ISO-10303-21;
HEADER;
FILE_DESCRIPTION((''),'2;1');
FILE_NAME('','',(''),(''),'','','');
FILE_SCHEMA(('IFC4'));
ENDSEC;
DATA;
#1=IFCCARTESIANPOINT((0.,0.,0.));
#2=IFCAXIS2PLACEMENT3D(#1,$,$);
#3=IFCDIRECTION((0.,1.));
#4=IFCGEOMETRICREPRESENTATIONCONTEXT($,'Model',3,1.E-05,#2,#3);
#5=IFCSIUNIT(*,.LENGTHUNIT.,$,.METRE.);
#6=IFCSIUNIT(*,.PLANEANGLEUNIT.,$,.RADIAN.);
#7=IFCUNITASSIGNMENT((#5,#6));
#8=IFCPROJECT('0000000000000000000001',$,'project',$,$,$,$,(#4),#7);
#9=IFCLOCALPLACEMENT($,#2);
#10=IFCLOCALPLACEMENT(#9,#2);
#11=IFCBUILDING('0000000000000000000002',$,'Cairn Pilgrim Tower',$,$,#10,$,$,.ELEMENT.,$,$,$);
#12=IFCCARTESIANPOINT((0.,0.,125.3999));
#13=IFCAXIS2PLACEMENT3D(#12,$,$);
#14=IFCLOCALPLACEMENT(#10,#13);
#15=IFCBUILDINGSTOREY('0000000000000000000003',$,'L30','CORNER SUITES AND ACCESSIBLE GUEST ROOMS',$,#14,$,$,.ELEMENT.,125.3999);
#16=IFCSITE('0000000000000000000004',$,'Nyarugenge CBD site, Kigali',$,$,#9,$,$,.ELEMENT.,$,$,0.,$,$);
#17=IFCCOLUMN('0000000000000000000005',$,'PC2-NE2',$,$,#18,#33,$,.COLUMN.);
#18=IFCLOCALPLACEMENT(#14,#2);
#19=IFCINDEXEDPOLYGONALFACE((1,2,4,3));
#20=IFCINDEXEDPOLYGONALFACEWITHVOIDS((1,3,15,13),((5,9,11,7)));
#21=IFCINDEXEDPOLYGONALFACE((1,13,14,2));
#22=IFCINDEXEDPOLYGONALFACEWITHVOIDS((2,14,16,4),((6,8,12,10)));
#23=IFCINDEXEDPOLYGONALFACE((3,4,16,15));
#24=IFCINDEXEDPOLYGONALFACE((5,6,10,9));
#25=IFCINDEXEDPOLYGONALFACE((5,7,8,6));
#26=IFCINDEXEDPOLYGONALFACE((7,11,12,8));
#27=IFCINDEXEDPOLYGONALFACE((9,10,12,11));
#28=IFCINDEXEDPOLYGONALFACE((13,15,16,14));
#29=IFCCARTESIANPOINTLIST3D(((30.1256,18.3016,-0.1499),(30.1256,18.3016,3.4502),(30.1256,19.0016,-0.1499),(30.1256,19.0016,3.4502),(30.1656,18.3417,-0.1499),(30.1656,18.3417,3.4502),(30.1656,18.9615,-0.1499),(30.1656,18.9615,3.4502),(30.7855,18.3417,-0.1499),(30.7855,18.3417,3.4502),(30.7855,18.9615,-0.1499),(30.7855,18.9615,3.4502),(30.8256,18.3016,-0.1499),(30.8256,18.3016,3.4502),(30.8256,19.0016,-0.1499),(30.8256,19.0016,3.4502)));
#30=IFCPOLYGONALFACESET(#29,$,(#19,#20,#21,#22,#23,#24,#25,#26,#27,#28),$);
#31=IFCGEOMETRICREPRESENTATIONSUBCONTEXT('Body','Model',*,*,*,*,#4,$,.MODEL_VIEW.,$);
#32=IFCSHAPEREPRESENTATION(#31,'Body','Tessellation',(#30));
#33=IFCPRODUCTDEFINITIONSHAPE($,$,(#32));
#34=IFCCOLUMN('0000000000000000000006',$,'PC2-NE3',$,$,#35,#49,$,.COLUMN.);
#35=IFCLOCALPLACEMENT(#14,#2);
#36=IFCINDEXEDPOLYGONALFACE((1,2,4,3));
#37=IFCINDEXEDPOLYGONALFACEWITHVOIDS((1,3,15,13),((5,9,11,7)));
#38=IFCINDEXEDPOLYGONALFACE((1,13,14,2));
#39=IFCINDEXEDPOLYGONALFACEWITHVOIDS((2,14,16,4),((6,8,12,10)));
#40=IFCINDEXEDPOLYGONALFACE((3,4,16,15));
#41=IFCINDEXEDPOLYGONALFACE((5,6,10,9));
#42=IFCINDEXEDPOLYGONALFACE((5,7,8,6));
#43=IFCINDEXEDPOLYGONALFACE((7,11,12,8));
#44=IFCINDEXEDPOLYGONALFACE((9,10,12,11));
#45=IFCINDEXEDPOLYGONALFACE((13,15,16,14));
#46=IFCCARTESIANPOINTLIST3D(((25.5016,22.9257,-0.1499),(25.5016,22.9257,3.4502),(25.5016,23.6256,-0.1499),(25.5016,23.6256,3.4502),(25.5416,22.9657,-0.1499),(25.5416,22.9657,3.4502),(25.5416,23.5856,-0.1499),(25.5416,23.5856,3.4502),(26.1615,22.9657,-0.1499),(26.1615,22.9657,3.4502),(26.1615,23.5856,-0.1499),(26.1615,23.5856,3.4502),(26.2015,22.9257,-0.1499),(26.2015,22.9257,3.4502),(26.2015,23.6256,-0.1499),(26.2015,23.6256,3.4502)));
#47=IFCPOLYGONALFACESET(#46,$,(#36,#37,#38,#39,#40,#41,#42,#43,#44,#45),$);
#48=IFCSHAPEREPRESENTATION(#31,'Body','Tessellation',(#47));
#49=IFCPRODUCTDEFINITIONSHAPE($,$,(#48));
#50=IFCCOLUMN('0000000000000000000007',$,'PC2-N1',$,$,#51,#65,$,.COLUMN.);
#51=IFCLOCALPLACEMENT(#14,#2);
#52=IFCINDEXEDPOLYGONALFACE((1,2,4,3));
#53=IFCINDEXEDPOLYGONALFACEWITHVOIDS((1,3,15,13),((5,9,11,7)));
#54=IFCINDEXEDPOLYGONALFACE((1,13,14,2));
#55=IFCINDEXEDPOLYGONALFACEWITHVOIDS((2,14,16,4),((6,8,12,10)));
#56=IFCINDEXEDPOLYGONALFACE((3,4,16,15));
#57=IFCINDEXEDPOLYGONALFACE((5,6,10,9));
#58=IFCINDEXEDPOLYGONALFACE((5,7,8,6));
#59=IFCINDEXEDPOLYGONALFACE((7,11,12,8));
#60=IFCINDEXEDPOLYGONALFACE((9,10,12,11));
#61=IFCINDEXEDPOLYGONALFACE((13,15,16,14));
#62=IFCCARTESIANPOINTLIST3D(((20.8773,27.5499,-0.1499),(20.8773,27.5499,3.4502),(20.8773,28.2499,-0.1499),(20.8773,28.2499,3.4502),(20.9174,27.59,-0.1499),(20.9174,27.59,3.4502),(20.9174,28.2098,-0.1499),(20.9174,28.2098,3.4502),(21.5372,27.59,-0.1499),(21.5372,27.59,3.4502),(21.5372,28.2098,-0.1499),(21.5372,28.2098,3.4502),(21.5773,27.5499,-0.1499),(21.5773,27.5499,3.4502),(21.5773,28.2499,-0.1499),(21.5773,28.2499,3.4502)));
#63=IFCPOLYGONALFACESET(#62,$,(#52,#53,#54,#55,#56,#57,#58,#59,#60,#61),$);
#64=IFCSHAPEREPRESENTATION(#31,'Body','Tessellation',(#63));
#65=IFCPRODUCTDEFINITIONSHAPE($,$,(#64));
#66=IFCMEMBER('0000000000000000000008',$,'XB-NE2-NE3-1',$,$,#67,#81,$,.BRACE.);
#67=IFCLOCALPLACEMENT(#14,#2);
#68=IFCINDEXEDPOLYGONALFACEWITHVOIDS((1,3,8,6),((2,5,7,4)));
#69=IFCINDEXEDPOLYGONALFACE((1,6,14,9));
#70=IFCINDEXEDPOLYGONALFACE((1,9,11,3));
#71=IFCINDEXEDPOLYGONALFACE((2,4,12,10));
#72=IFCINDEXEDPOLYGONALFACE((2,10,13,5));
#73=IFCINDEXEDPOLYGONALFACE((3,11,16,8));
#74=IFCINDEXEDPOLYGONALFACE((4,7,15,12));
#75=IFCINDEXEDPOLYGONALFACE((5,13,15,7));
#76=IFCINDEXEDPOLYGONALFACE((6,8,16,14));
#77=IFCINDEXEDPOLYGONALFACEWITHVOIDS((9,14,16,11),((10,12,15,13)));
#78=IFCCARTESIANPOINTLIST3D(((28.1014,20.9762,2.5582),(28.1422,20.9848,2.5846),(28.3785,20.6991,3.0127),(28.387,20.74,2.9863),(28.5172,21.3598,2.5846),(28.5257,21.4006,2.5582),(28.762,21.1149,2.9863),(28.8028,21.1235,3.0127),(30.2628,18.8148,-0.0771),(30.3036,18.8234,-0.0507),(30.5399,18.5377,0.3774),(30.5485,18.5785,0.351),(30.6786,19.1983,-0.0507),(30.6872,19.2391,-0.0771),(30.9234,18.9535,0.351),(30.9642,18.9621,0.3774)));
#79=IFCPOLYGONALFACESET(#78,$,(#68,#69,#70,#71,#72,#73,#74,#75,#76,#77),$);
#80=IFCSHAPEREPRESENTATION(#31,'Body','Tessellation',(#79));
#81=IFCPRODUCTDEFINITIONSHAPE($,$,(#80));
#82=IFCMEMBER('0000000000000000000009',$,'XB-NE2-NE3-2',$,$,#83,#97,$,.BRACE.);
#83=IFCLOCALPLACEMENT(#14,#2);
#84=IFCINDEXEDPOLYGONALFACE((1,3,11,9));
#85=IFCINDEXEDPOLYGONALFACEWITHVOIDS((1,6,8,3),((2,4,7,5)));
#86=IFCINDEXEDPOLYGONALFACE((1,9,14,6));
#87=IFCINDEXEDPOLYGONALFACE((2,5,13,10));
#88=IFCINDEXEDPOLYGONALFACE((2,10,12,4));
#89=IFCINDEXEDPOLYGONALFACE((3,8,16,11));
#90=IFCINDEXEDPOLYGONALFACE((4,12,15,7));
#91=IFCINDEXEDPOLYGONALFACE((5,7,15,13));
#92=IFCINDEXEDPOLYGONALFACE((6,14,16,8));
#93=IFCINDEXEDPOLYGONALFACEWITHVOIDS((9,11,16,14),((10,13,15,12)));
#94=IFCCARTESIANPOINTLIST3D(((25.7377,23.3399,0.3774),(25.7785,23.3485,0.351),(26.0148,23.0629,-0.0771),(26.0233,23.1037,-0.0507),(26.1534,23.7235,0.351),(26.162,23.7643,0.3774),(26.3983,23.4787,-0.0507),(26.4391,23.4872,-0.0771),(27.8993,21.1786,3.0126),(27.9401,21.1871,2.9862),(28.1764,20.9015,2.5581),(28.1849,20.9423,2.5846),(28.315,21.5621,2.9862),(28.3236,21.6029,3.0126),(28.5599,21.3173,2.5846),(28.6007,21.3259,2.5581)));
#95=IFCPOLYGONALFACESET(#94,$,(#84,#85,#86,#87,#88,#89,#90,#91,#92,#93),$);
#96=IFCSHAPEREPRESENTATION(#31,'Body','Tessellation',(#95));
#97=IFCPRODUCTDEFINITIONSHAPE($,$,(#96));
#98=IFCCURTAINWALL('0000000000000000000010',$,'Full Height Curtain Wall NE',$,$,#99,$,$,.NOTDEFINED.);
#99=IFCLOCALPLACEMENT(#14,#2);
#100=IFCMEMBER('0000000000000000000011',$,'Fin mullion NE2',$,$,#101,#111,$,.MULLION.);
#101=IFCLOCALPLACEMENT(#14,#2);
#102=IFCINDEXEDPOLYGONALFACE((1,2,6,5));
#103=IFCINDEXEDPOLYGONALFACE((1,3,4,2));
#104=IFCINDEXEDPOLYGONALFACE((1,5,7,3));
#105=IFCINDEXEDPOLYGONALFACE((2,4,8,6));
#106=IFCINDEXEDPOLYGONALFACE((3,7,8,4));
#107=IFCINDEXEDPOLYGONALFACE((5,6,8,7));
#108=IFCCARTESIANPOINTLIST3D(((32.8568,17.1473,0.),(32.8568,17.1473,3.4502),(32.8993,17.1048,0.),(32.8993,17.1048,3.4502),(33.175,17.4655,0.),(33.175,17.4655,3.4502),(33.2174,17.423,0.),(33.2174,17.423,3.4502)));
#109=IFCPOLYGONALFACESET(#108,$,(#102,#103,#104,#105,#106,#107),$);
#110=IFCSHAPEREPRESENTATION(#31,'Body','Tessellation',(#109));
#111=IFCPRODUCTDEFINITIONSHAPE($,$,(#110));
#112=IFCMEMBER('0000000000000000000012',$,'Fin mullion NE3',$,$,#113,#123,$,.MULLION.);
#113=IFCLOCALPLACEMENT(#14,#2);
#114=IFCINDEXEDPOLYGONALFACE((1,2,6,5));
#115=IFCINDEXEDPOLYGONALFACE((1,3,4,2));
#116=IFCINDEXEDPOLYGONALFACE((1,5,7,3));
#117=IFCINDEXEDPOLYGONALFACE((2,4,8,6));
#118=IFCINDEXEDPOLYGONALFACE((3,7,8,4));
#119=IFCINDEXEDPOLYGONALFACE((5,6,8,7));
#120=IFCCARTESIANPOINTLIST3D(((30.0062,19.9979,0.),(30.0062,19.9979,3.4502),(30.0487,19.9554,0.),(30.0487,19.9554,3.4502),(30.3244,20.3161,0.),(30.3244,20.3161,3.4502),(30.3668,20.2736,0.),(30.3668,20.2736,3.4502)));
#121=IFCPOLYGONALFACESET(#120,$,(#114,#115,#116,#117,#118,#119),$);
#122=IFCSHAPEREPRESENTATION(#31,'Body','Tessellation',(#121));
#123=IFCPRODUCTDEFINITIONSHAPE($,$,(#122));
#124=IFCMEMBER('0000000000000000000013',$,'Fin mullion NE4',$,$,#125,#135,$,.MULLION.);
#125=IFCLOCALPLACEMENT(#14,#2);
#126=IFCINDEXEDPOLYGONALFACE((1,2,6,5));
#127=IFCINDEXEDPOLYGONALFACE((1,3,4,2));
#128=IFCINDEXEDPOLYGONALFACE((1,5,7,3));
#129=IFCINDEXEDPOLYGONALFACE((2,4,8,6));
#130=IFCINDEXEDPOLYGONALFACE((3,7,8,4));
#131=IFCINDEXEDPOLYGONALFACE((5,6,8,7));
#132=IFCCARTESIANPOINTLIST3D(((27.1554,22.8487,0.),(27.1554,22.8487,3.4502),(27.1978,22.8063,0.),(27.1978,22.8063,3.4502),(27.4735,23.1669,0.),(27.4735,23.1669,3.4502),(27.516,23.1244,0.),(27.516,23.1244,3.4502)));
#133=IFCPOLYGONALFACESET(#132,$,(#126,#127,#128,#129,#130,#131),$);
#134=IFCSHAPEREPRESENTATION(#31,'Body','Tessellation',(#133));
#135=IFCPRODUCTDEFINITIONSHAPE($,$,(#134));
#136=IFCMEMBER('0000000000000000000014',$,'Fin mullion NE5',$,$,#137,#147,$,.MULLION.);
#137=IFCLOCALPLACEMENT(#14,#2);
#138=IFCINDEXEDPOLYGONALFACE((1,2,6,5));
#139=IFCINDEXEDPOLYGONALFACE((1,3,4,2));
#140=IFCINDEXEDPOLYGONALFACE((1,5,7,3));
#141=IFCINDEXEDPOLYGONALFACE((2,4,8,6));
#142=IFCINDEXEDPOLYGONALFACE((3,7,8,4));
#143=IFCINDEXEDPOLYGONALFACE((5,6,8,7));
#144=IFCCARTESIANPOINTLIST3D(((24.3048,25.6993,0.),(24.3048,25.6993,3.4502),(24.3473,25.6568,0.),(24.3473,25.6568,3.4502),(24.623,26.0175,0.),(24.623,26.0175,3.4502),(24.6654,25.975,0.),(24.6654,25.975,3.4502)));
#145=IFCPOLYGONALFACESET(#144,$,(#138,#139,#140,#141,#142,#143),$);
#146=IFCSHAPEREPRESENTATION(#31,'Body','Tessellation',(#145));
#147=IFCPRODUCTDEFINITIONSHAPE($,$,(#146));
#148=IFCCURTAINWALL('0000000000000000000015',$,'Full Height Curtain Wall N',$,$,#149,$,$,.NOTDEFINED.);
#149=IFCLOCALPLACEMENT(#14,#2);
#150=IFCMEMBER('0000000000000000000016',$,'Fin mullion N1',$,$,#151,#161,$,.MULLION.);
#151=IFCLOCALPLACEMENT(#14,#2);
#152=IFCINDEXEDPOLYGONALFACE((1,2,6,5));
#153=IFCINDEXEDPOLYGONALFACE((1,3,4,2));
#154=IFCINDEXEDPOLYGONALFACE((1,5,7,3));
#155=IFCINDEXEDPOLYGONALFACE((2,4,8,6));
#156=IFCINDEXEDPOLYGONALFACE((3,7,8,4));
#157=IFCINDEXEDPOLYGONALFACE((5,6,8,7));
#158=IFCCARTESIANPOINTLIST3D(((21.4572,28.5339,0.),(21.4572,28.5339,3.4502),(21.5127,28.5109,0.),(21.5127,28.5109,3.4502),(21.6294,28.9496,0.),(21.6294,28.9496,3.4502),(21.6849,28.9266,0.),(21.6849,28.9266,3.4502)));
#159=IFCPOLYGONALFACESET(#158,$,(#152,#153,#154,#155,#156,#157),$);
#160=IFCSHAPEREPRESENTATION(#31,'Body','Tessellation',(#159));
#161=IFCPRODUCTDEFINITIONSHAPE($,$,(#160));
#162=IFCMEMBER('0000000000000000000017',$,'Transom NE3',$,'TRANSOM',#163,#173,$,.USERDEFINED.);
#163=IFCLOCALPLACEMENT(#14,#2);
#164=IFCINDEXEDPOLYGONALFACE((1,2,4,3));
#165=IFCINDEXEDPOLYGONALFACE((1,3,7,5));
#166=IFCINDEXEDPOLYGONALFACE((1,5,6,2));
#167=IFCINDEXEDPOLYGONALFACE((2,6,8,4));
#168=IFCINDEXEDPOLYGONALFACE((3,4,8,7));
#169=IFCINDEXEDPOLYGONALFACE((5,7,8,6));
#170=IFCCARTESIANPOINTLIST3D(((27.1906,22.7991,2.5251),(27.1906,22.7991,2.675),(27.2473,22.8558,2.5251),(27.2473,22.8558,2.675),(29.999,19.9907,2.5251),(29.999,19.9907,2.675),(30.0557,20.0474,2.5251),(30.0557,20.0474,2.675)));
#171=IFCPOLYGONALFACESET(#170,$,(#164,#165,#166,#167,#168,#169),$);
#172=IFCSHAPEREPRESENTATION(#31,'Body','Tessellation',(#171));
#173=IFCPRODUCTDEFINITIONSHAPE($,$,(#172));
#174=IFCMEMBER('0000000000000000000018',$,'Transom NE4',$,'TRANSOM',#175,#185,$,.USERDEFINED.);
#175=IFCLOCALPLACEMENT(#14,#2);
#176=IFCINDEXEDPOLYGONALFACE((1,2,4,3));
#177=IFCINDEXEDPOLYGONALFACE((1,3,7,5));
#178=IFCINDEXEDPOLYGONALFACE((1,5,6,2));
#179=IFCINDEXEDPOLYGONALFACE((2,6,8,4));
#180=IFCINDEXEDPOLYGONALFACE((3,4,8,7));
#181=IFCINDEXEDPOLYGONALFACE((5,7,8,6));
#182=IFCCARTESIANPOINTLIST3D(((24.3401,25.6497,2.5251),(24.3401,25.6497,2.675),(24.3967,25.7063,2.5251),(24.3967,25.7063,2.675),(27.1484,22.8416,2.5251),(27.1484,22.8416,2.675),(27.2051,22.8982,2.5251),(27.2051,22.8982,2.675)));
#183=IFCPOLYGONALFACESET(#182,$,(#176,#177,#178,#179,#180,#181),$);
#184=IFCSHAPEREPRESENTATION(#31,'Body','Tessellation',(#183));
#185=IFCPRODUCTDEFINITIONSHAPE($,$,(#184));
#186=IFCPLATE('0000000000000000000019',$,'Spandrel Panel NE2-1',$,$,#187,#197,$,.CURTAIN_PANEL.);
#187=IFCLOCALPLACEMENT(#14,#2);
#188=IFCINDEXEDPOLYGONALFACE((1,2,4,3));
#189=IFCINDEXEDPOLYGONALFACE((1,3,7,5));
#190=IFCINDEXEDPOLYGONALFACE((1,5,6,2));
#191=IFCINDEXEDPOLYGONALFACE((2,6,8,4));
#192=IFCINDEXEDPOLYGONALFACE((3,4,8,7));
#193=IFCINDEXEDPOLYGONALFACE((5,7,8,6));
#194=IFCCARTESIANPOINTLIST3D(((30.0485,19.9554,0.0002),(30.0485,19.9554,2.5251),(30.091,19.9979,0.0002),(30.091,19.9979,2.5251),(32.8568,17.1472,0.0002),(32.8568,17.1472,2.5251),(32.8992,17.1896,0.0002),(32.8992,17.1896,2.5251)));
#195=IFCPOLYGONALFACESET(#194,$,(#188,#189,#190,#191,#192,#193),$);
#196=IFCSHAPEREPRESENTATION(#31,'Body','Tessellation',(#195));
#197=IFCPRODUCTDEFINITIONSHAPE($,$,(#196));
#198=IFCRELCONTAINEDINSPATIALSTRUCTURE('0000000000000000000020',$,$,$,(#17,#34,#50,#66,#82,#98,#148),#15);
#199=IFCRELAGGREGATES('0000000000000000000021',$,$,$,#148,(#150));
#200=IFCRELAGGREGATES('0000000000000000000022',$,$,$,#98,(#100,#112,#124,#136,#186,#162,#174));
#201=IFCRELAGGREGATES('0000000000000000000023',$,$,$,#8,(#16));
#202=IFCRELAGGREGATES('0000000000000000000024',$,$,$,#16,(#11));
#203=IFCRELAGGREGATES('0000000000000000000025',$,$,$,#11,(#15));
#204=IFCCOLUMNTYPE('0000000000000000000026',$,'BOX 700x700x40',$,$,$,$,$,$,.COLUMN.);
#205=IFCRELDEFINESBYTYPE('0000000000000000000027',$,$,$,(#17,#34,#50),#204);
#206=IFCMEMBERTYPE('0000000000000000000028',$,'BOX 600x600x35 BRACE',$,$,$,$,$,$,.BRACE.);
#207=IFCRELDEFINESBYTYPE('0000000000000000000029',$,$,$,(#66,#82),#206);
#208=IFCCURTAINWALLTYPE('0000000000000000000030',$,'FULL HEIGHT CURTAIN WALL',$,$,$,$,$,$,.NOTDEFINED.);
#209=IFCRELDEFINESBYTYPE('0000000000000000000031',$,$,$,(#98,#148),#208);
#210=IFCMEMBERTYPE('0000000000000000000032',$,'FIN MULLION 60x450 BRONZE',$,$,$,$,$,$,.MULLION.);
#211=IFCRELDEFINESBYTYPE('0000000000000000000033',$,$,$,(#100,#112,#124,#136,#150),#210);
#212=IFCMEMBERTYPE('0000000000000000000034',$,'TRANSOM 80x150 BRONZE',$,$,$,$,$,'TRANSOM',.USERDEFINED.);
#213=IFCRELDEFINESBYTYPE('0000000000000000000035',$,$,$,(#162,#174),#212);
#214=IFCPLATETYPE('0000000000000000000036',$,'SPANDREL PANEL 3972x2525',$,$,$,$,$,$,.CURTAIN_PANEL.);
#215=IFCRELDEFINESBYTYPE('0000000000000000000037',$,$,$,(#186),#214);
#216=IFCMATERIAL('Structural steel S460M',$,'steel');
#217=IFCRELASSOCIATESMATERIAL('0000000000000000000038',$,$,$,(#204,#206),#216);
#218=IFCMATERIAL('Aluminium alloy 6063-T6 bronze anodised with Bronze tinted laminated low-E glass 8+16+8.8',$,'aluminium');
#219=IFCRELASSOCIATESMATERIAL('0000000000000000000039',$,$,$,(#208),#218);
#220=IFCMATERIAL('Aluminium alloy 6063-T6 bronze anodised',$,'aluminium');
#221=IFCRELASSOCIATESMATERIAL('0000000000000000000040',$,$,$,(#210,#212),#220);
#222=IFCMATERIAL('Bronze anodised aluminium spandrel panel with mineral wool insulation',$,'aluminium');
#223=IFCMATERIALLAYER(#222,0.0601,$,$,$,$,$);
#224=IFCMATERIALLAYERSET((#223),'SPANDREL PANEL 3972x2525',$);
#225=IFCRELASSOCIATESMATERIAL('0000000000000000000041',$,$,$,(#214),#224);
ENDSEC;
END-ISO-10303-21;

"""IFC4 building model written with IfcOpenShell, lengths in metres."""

from ifc_helpers import new_model, si_unit, direction, frame, origin, origin_2d, place, context, subcontext, project, spatial, rectangle, hollow_rectangle, extrude, material, layer, layer_set, material_profile, profile_set, type_object, element, aggregate, save


model = new_model("IFC4")

# Units and contexts
model_context = context("Model", 3, precision=1e-05, world=origin(), true_north=direction((0.0, 1.0)))
body_context = subcontext(model_context, "Body", "Model", "MODEL_VIEW")
ifc_project = project(units=[si_unit("LENGTHUNIT", "METRE"), si_unit("PLANEANGLEUNIT", "RADIAN")], contexts=[model_context])

# Site, building, storey
site_placement = place(None, origin())
site = spatial("IfcSite", under=ifc_project, at=site_placement, Name="Nyarugenge CBD site, Kigali", CompositionType="ELEMENT", RefElevation=0.0)
building_placement = place(site_placement, origin())
building = spatial("IfcBuilding", under=site, at=building_placement, Name="Cairn Pilgrim Tower", CompositionType="ELEMENT")
storey_placement = place(building_placement, frame((0.0, 0.0, 125.3999)))
storey = spatial("IfcBuildingStorey", under=building, at=storey_placement, Name="L30", Description="CORNER SUITES AND ACCESSIBLE GUEST ROOMS", CompositionType="ELEMENT", Elevation=125.3999)

# Columns
ifc_material_1 = material(Name="Structural steel S460M", Category="steel")
ifc_material_profile_1 = material_profile(ifc_material_1, hollow_rectangle(XDim=0.7, YDim=0.7, WallThickness=0.04, at=origin_2d()), Name="BOX 700x700x40")
ifc_profile_set_1 = profile_set([ifc_material_profile_1], Name="Structural steel S460M")
column_type = type_object("IfcColumnType", Name="BOX 700x700x40", PredefinedType="COLUMN", material=ifc_profile_set_1)
for number, where, z_axis, x_axis, name in (
    (1, (30.4756, 18.6516, -0.1499), (0.0, 0.0, 1.0), (1.0, 0.0, 0.0), "PC2-NE2"),
    (2, (25.8516, 23.2756, -0.1499), (0.0, 0.0, 1.0), (1.0, 0.0, 0.0), "PC2-NE3"),
    (3, (21.2273, 27.8999, -0.1499), (0.0, 0.0, 1.0), (1.0, 0.0, 0.0), "PC2-N1"),
):
    element("IfcColumn", number, at=place(storey_placement, frame(where, z_axis=z_axis, x_axis=x_axis)), inside=storey, type_object=column_type, Name=name, PredefinedType="COLUMN", context=body_context, shape_type="SweptSolid", body=[
        extrude(hollow_rectangle(XDim=0.7, YDim=0.7, WallThickness=0.04, at=origin_2d()), origin(), (0.0, 0.0, 1.0), 3.6001),
    ])

# Members
ifc_material_profile_2 = material_profile(ifc_material_1, hollow_rectangle(XDim=0.6001, YDim=0.6001, WallThickness=0.0349, at=origin_2d()), Name="BOX 600x600x35")
ifc_profile_set_2 = profile_set([ifc_material_profile_2], Name="Structural steel S460M")
member_type_1 = type_object("IfcMemberType", Name="BOX 600x600x35 BRACE", PredefinedType="BRACE", material=ifc_profile_set_2)
for number, where, z_axis, x_axis, name in (
    (4, (30.6135, 18.8884, 0.1501), (-0.535551, 0.535551, 0.65297), (-0.707107, -0.707107, 0.0), "XB-NE2-NE3-1"),
    (5, (26.0884, 23.4136, 0.1501), (0.535594, -0.535534, 0.652949), (0.707067, 0.707147, 0.0), "XB-NE2-NE3-2"),
):
    element("IfcMember", number, at=place(storey_placement, frame(where, z_axis=z_axis, x_axis=x_axis)), inside=storey, type_object=member_type_1, Name=name, PredefinedType="BRACE", context=body_context, shape_type="SweptSolid", body=[
        extrude(hollow_rectangle(XDim=0.6001, YDim=0.6001, WallThickness=0.0349, at=origin_2d()), origin(), (0.0, 0.0, 1.0), 4.0359),
    ])

# Curtain wall, members
ifc_material_2 = material(Name="Aluminium alloy 6063-T6 bronze anodised with Bronze tinted laminated low-E glass 8+16+8.8", Category="aluminium")
curtain_wall_type = type_object("IfcCurtainWallType", Name="FULL HEIGHT CURTAIN WALL", PredefinedType="NOTDEFINED", material=ifc_material_2)
curtain_wall_1_placement = place(storey_placement, origin())
curtain_wall_1 = element("IfcCurtainWall", 6, at=curtain_wall_1_placement, inside=storey, type_object=curtain_wall_type, Name="Full Height Curtain Wall NE", PredefinedType="NOTDEFINED")
ifc_material_3 = material(Name="Aluminium alloy 6063-T6 bronze anodised", Category="aluminium")
ifc_material_profile_3 = material_profile(ifc_material_3, rectangle(XDim=0.45, YDim=0.0601, at=origin_2d()), Name="FIN MULLION 60x450 BRONZE")
ifc_profile_set_3 = profile_set([ifc_material_profile_3], Name="Aluminium alloy 6063-T6 bronze anodised")
member_type_2 = type_object("IfcMemberType", Name="FIN MULLION 60x450 BRONZE", PredefinedType="MULLION", material=ifc_profile_set_3)
member_1_placement = place(storey_placement, frame((33.0371, 17.2852, 0.0), z_axis=(0.0, 0.0, 1.0), x_axis=(0.707107, 0.707107, 0.0)))
member_1 = element("IfcMember", 7, at=member_1_placement, type_object=member_type_2, Name="Fin mullion NE2", PredefinedType="MULLION", context=body_context, shape_type="SweptSolid", body=[
    extrude(rectangle(XDim=0.45, YDim=0.0601, at=origin_2d()), origin(), (0.0, 0.0, 1.0), 3.4502),
])
member_2_placement = place(storey_placement, frame((30.1865, 20.1357, 0.0), z_axis=(0.0, 0.0, 1.0), x_axis=(0.707107, 0.707107, 0.0)))
member_2 = element("IfcMember", 8, at=member_2_placement, type_object=member_type_2, Name="Fin mullion NE3", PredefinedType="MULLION", context=body_context, shape_type="SweptSolid", body=[
    extrude(rectangle(XDim=0.45, YDim=0.0601, at=origin_2d()), origin(), (0.0, 0.0, 1.0), 3.4502),
])
member_3_placement = place(storey_placement, frame((27.3357, 22.9866, 0.0), z_axis=(0.0, 0.0, 1.0), x_axis=(0.707107, 0.707107, 0.0)))
member_3 = element("IfcMember", 9, at=member_3_placement, type_object=member_type_2, Name="Fin mullion NE4", PredefinedType="MULLION", context=body_context, shape_type="SweptSolid", body=[
    extrude(rectangle(XDim=0.45, YDim=0.0601, at=origin_2d()), origin(), (0.0, 0.0, 1.0), 3.4502),
])
member_4_placement = place(storey_placement, frame((24.4851, 25.8372, 0.0), z_axis=(0.0, 0.0, 1.0), x_axis=(0.707107, 0.707107, 0.0)))
member_4 = element("IfcMember", 10, at=member_4_placement, type_object=member_type_2, Name="Fin mullion NE5", PredefinedType="MULLION", context=body_context, shape_type="SweptSolid", body=[
    extrude(rectangle(XDim=0.45, YDim=0.0601, at=origin_2d()), origin(), (0.0, 0.0, 1.0), 3.4502),
])

# Curtain wall, member
curtain_wall_2_placement = place(storey_placement, origin())
curtain_wall_2 = element("IfcCurtainWall", 11, at=curtain_wall_2_placement, inside=storey, type_object=curtain_wall_type, Name="Full Height Curtain Wall N", PredefinedType="NOTDEFINED")
member_5_placement = place(storey_placement, frame((21.571, 28.7302, 0.0), z_axis=(0.0, 0.0, 1.0), x_axis=(0.382683, 0.92388, 0.0)))
member_5 = element("IfcMember", 12, at=member_5_placement, type_object=member_type_2, Name="Fin mullion N1", PredefinedType="MULLION", context=body_context, shape_type="SweptSolid", body=[
    extrude(rectangle(XDim=0.45, YDim=0.0601, at=origin_2d()), origin(), (0.0, 0.0, 1.0), 3.4502),
])
aggregate(curtain_wall_2, [member_5])

# Members
ifc_material_profile_4 = material_profile(ifc_material_3, rectangle(XDim=0.0801, YDim=0.1499, at=origin_2d()), Name="TRANSOM 80x150 BRONZE")
ifc_profile_set_4 = profile_set([ifc_material_profile_4], Name="Aluminium alloy 6063-T6 bronze anodised")
member_type_3 = type_object("IfcMemberType", Name="TRANSOM 80x150 BRONZE", ElementType="TRANSOM", PredefinedType="USERDEFINED", material=ifc_profile_set_4)
member_6_placement = place(storey_placement, frame((30.0273, 20.019, 2.6001), z_axis=(-0.707107, 0.707107, 0.0), x_axis=(-0.707107, -0.707107, 0.0)))
member_6 = element("IfcMember", 13, at=member_6_placement, type_object=member_type_3, Name="Transom NE3", ObjectType="TRANSOM", PredefinedType="USERDEFINED", context=body_context, shape_type="SweptSolid", body=[
    extrude(rectangle(XDim=0.0801, YDim=0.1499, at=origin_2d()), origin(), (0.0, 0.0, 1.0), 3.9717),
])
member_7_placement = place(storey_placement, frame((27.1768, 22.8699, 2.6001), z_axis=(-0.707138, 0.707076, 0.0), x_axis=(-0.707076, -0.707138, 0.0)))
member_7 = element("IfcMember", 14, at=member_7_placement, type_object=member_type_3, Name="Transom NE4", ObjectType="TRANSOM", PredefinedType="USERDEFINED", context=body_context, shape_type="SweptSolid", body=[
    extrude(rectangle(XDim=0.0801, YDim=0.1499, at=origin_2d()), origin(), (0.0, 0.0, 1.0), 3.9714),
])

# Plate
ifc_material_4 = material(Name="Bronze anodised aluminium spandrel panel with mineral wool insulation", Category="aluminium")
ifc_layer_1 = layer(ifc_material_4, 0.0601)
ifc_layer_set_1 = layer_set([ifc_layer_1], Name="SPANDREL PANEL 3972x2525")
plate_type_1 = type_object("IfcPlateType", Name="SPANDREL PANEL 3972x2525", PredefinedType="CURTAIN_PANEL", material=ifc_layer_set_1)
plate_1_placement = place(storey_placement, frame((31.4739, 18.5725, 0.0002), z_axis=(0.0, 0.0, 1.0), x_axis=(-0.707107, 0.707107, 0.0)))
plate_1 = element("IfcPlate", 15, at=plate_1_placement, type_object=plate_type_1, Name="Spandrel Panel NE2-1", PredefinedType="CURTAIN_PANEL", context=body_context, shape_type="SweptSolid", body=[
    extrude(rectangle(XDim=3.9714, YDim=0.0601, at=origin_2d()), origin(), (0.0, 0.0, 1.0), 2.5249),
])
aggregate(curtain_wall_1, [member_1, member_2, member_3, member_4, plate_1, member_6, member_7])

save(model, "model.ifc")
